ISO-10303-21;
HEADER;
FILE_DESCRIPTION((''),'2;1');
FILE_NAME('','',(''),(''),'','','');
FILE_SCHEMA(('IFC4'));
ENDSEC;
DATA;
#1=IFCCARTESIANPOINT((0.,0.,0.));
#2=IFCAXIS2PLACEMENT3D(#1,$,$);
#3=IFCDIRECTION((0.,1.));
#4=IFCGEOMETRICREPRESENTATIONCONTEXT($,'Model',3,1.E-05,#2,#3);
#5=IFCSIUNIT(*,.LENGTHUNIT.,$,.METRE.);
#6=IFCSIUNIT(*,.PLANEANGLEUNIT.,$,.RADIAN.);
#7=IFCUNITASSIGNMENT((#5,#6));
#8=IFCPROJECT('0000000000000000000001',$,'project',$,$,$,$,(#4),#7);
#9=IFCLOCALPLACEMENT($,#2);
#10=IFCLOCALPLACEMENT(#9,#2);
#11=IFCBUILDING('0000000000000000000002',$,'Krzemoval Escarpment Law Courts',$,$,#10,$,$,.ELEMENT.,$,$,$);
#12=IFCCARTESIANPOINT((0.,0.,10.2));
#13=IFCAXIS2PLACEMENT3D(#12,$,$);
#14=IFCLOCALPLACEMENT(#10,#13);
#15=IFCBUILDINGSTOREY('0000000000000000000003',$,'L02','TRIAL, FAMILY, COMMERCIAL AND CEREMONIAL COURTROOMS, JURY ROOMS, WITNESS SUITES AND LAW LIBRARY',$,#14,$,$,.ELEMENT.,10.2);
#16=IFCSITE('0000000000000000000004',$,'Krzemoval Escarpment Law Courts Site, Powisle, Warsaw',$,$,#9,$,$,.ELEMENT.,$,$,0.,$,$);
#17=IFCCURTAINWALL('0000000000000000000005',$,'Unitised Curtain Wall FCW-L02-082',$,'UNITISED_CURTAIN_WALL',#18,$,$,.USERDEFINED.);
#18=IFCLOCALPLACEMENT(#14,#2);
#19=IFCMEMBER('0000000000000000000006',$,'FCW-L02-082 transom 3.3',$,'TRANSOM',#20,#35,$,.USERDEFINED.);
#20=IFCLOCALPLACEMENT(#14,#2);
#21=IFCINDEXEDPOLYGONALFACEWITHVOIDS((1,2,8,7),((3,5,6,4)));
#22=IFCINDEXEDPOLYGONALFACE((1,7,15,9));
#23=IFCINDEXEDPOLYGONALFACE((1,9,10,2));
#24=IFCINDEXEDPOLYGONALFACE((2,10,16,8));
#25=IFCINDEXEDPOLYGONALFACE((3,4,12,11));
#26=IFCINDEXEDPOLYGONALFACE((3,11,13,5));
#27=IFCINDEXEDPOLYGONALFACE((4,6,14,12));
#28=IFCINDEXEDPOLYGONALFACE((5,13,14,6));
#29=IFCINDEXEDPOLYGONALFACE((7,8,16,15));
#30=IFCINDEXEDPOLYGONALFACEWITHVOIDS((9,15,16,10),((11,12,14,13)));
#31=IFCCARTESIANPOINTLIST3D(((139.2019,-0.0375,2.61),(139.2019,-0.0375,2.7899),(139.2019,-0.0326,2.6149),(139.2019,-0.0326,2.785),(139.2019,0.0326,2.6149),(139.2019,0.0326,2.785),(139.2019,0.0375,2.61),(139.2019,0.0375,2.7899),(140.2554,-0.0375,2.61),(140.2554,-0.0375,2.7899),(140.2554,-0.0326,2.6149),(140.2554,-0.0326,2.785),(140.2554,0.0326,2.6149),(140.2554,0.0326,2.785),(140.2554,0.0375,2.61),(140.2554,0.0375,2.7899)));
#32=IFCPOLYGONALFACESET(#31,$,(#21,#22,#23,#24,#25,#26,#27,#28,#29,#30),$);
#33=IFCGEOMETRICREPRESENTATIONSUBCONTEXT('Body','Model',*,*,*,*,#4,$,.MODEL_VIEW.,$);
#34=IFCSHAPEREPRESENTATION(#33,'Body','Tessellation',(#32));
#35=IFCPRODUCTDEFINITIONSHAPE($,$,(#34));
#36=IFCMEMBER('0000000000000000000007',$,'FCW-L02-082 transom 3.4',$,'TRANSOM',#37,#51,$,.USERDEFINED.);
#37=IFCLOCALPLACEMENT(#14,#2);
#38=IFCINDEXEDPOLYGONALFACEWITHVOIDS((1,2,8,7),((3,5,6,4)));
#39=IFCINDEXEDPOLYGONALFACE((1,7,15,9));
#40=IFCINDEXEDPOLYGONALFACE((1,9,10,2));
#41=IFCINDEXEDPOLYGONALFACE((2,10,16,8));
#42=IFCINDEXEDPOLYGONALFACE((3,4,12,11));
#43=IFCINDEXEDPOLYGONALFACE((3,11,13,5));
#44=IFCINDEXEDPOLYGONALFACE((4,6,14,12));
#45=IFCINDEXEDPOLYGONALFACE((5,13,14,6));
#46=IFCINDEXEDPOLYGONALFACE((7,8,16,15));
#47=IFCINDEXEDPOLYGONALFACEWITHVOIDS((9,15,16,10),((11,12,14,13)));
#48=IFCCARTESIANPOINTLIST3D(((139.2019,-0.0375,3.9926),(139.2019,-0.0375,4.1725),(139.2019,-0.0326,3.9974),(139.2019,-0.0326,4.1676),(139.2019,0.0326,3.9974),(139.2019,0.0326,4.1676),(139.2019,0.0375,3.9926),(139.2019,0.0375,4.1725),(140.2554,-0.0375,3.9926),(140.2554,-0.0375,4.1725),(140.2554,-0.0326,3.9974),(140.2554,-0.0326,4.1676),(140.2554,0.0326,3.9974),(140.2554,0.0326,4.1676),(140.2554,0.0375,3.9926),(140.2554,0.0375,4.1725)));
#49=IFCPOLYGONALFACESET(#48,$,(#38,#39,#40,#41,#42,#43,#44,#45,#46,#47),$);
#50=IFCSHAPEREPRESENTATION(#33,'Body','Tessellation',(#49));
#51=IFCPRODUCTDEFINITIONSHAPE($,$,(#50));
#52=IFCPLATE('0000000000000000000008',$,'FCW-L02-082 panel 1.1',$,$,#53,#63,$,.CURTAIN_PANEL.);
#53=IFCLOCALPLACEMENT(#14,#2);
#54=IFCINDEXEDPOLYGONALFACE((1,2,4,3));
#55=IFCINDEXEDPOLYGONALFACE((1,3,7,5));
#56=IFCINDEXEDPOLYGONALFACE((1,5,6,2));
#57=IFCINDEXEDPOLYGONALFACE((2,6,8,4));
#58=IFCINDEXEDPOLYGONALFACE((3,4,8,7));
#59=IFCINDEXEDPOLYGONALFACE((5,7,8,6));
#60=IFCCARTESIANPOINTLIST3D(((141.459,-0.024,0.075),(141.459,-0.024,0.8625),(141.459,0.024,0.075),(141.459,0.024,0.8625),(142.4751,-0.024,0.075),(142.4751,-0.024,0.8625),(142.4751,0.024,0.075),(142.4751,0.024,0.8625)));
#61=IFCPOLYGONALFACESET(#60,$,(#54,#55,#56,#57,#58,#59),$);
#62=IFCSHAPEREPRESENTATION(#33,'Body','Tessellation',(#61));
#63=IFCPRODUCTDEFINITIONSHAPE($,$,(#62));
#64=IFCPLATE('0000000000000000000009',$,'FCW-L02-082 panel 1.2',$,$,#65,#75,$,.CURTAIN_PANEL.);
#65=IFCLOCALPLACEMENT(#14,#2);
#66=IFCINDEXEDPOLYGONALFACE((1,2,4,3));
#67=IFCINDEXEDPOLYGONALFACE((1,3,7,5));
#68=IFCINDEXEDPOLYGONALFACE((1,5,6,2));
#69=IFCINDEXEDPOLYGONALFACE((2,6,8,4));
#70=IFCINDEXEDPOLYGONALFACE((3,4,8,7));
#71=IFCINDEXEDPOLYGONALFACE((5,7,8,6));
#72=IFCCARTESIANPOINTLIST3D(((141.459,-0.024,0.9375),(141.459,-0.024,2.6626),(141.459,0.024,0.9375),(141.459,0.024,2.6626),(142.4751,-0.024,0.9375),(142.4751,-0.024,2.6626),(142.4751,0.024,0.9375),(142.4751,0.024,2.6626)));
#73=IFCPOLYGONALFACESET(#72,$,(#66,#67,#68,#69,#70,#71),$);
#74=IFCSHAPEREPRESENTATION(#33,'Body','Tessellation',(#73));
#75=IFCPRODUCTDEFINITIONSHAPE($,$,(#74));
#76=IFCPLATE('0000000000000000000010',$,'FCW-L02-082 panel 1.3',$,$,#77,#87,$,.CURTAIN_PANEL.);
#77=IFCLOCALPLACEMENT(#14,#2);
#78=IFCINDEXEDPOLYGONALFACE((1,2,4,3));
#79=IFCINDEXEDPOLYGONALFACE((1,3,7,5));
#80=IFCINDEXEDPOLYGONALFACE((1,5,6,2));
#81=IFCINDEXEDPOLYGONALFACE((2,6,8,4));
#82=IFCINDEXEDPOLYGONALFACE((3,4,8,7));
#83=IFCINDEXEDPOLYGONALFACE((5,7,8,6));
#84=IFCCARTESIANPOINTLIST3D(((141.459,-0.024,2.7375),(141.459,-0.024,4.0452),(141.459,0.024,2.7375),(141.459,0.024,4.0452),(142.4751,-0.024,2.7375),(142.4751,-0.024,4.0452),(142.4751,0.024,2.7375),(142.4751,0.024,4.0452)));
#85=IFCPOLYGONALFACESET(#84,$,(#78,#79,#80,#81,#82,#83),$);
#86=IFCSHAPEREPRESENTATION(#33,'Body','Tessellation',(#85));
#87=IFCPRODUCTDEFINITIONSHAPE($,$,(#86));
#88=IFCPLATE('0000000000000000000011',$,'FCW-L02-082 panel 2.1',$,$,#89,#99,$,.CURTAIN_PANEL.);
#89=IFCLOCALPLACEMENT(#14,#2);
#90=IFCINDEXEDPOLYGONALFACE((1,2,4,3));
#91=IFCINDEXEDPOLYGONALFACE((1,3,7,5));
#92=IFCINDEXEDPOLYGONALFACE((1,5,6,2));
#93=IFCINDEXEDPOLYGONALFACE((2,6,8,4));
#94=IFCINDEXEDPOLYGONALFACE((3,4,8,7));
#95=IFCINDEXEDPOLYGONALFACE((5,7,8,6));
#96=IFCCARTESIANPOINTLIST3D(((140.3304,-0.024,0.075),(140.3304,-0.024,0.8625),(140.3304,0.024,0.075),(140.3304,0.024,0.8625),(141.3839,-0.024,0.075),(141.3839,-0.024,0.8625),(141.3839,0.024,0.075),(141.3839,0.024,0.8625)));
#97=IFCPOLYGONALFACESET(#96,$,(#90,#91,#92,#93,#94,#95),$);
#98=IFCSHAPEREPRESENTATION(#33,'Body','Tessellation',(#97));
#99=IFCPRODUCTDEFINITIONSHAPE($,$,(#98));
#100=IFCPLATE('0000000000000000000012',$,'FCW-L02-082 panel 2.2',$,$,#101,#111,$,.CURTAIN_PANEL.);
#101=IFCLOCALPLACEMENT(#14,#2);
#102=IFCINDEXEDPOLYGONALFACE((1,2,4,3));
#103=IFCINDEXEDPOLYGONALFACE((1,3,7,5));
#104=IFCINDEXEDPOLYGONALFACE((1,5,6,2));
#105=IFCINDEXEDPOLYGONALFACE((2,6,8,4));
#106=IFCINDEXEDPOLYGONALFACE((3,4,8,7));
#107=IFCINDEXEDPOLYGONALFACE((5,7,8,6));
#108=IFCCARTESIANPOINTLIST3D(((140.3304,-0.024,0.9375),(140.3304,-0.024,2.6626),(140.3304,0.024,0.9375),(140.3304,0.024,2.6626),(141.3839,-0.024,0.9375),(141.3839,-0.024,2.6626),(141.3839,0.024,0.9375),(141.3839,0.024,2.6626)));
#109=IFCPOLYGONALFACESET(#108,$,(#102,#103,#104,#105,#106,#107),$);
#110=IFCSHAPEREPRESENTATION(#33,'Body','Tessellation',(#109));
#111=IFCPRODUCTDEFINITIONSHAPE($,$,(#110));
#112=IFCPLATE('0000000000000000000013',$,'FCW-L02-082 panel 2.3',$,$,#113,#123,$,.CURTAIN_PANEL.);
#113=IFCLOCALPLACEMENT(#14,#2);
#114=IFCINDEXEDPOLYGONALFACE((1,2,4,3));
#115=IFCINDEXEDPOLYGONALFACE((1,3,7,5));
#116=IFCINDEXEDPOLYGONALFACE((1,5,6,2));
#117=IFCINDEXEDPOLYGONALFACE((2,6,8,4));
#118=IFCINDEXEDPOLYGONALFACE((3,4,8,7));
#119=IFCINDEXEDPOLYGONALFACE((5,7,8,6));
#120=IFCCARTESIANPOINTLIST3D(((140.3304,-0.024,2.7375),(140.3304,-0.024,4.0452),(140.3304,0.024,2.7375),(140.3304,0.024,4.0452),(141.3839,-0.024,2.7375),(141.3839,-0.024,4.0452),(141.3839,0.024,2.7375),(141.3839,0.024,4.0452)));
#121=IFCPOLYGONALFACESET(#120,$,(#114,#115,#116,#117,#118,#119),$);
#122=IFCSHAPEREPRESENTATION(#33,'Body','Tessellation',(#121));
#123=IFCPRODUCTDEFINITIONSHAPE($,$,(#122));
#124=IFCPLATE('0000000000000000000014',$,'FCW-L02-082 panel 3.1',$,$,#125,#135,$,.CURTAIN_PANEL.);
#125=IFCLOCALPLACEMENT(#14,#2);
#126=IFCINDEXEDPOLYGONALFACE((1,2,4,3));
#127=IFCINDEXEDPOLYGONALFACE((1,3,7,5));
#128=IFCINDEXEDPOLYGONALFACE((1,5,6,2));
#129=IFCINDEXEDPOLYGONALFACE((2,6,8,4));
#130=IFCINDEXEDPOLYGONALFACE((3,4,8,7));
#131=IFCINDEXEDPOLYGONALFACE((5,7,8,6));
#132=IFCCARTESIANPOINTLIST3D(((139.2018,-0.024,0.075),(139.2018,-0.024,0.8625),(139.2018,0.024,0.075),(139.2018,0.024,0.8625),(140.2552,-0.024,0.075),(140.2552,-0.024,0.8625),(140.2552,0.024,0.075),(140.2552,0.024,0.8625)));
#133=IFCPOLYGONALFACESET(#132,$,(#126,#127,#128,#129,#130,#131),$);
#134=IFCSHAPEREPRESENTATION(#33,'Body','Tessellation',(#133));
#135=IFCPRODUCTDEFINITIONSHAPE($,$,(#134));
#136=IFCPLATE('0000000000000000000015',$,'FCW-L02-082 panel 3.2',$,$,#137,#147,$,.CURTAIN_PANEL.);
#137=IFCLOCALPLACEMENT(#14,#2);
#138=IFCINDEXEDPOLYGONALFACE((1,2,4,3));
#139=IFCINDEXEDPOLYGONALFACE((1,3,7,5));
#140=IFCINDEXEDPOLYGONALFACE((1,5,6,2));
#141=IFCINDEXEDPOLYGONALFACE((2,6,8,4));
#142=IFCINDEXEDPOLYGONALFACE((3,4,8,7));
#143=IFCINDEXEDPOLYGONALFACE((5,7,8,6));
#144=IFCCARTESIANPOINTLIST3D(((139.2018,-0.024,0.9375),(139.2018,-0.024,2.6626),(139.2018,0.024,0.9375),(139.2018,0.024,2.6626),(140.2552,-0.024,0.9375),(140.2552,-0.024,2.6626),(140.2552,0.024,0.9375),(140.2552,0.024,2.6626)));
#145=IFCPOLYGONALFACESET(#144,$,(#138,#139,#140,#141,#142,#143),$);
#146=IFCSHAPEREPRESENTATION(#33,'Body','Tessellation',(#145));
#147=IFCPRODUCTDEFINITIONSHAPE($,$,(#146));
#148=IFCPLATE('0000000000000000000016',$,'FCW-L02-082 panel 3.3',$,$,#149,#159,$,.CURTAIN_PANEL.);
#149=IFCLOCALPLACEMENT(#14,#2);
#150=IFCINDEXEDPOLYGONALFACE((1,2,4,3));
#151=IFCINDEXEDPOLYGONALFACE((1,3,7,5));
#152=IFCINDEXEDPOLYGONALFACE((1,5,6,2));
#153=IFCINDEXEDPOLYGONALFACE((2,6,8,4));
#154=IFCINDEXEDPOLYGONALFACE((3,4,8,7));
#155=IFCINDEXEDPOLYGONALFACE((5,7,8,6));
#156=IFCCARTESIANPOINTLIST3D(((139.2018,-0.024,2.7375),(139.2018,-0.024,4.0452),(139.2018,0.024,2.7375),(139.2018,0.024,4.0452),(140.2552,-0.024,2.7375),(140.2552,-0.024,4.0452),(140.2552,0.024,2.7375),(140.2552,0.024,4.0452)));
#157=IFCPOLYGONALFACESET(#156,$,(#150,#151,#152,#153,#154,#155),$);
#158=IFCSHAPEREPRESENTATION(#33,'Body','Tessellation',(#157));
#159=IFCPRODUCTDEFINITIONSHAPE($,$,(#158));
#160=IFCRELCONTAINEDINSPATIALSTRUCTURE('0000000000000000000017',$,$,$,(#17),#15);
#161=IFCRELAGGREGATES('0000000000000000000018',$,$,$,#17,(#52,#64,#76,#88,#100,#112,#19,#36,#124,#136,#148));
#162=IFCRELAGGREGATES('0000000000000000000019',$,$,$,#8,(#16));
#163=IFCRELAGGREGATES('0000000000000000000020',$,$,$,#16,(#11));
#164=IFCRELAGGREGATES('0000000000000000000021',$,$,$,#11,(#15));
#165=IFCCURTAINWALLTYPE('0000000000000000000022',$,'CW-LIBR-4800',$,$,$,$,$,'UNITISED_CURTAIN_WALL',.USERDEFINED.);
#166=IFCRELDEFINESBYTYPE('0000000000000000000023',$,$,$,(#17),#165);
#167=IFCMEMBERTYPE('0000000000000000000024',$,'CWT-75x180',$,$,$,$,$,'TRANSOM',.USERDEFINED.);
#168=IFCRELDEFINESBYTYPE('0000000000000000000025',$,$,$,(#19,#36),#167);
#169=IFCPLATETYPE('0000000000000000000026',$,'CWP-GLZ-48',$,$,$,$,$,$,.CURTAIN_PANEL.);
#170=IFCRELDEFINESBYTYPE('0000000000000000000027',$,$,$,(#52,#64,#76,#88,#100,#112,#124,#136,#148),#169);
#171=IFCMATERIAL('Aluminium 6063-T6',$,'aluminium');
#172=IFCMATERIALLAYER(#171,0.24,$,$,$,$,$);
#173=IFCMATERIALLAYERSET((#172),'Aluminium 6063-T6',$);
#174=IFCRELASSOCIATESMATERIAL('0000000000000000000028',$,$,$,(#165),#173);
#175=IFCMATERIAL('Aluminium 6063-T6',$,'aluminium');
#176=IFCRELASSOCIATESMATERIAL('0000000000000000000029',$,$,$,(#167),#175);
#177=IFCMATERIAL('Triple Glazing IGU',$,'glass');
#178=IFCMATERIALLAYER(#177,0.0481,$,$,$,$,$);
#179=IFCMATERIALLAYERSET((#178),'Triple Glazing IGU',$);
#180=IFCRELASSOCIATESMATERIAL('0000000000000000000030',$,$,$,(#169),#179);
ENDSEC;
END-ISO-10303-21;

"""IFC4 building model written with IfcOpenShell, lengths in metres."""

from ifc_helpers import new_model, si_unit, direction, frame, origin, origin_2d, place, context, subcontext, project, spatial, rectangle, hollow_rectangle, extrude, material, layer, layer_set, material_profile, profile_set, type_object, element, aggregate, save


model = new_model("IFC4")

# Units and contexts
model_context = context("Model", 3, precision=1e-05, world=origin(), true_north=direction((0.0, 1.0)))
body_context = subcontext(model_context, "Body", "Model", "MODEL_VIEW")
ifc_project = project(units=[si_unit("LENGTHUNIT", "METRE"), si_unit("PLANEANGLEUNIT", "RADIAN")], contexts=[model_context])

# Site, building, storey
site_placement = place(None, origin())
site = spatial("IfcSite", under=ifc_project, at=site_placement, Name="Krzemoval Escarpment Law Courts Site, Powisle, Warsaw", CompositionType="ELEMENT", RefElevation=0.0)
building_placement = place(site_placement, origin())
building = spatial("IfcBuilding", under=site, at=building_placement, Name="Krzemoval Escarpment Law Courts", CompositionType="ELEMENT")
storey_placement = place(building_placement, frame((0.0, 0.0, 10.2)))
storey = spatial("IfcBuildingStorey", under=building, at=storey_placement, Name="L02", Description="TRIAL, FAMILY, COMMERCIAL AND CEREMONIAL COURTROOMS, JURY ROOMS, WITNESS SUITES AND LAW LIBRARY", CompositionType="ELEMENT", Elevation=10.2)

# Curtain wall, members, plates
ifc_material_1 = material(Name="Aluminium 6063-T6", Category="aluminium")
ifc_layer_1 = layer(ifc_material_1, 0.24)
ifc_layer_set_1 = layer_set([ifc_layer_1], Name="Aluminium 6063-T6")
curtain_wall_type = type_object("IfcCurtainWallType", Name="CW-LIBR-4800", ElementType="UNITISED_CURTAIN_WALL", PredefinedType="USERDEFINED", material=ifc_layer_set_1)
curtain_wall_placement = place(storey_placement, origin())
curtain_wall = element("IfcCurtainWall", 1, at=curtain_wall_placement, inside=storey, type_object=curtain_wall_type, Name="Unitised Curtain Wall FCW-L02-082", ObjectType="UNITISED_CURTAIN_WALL", PredefinedType="USERDEFINED")
ifc_material_2 = material(Name="Aluminium 6063-T6", Category="aluminium")
ifc_material_profile_1 = material_profile(ifc_material_2, hollow_rectangle(XDim=0.075, YDim=0.1799, WallThickness=0.0049, at=origin_2d()), Name="ALU T75x180")
ifc_profile_set_1 = profile_set([ifc_material_profile_1], Name="Aluminium 6063-T6")
member_type_1 = type_object("IfcMemberType", Name="CWT-75x180", ElementType="TRANSOM", PredefinedType="USERDEFINED", material=ifc_profile_set_1)
member_1_placement = place(storey_placement, frame((140.2554, 0.0, 2.7), z_axis=(-1.0, 0.0, 0.0), x_axis=(0.0, -1.0, 0.0)))
member_1 = element("IfcMember", 2, at=member_1_placement, type_object=member_type_1, Name="FCW-L02-082 transom 3.3", ObjectType="TRANSOM", PredefinedType="USERDEFINED", context=body_context, shape_type="SweptSolid", body=[
    extrude(hollow_rectangle(XDim=0.075, YDim=0.1799, WallThickness=0.0049, at=origin_2d()), origin(), (0.0, 0.0, 1.0), 1.0535),
])
member_2_placement = place(storey_placement, frame((140.2554, 0.0, 4.0825), z_axis=(-1.0, 0.0, 0.0), x_axis=(0.0, -1.0, 0.0)))
member_2 = element("IfcMember", 3, at=member_2_placement, type_object=member_type_1, Name="FCW-L02-082 transom 3.4", ObjectType="TRANSOM", PredefinedType="USERDEFINED", context=body_context, shape_type="SweptSolid", body=[
    extrude(hollow_rectangle(XDim=0.075, YDim=0.1799, WallThickness=0.0049, at=origin_2d()), origin(), (0.0, 0.0, 1.0), 1.0535),
])
ifc_material_3 = material(Name="Triple Glazing IGU", Category="glass")
ifc_layer_2 = layer(ifc_material_3, 0.0481)
ifc_layer_set_2 = layer_set([ifc_layer_2], Name="Triple Glazing IGU")
plate_type = type_object("IfcPlateType", Name="CWP-GLZ-48", PredefinedType="CURTAIN_PANEL", material=ifc_layer_set_2)
plate_1_placement = place(storey_placement, frame((141.967, 0.0, 0.075), z_axis=(0.0, 0.0, 1.0), x_axis=(-1.0, 0.0, 0.0)))
plate_1 = element("IfcPlate", 4, at=plate_1_placement, type_object=plate_type, Name="FCW-L02-082 panel 1.1", PredefinedType="CURTAIN_PANEL", context=body_context, shape_type="SweptSolid", body=[
    extrude(rectangle(XDim=1.0161, YDim=0.0481, at=origin_2d()), origin(), (0.0, 0.0, 1.0), 0.7876),
])
plate_2_placement = place(storey_placement, frame((141.967, 0.0, 0.9375), z_axis=(0.0, 0.0, 1.0), x_axis=(-1.0, 0.0, 0.0)))
plate_2 = element("IfcPlate", 5, at=plate_2_placement, type_object=plate_type, Name="FCW-L02-082 panel 1.2", PredefinedType="CURTAIN_PANEL", context=body_context, shape_type="SweptSolid", body=[
    extrude(rectangle(XDim=1.0161, YDim=0.0481, at=origin_2d()), origin(), (0.0, 0.0, 1.0), 1.7251),
])
plate_3_placement = place(storey_placement, frame((141.967, 0.0, 2.7375), z_axis=(0.0, 0.0, 1.0), x_axis=(-1.0, 0.0, 0.0)))
plate_3 = element("IfcPlate", 6, at=plate_3_placement, type_object=plate_type, Name="FCW-L02-082 panel 1.3", PredefinedType="CURTAIN_PANEL", context=body_context, shape_type="SweptSolid", body=[
    extrude(rectangle(XDim=1.0161, YDim=0.0481, at=origin_2d()), origin(), (0.0, 0.0, 1.0), 1.3076),
])
plate_4_placement = place(storey_placement, frame((140.8572, 0.0, 0.075), z_axis=(0.0, 0.0, 1.0), x_axis=(-1.0, 0.0, 0.0)))
plate_4 = element("IfcPlate", 7, at=plate_4_placement, type_object=plate_type, Name="FCW-L02-082 panel 2.1", PredefinedType="CURTAIN_PANEL", context=body_context, shape_type="SweptSolid", body=[
    extrude(rectangle(XDim=1.0535, YDim=0.0481, at=origin_2d()), origin(), (0.0, 0.0, 1.0), 0.7876),
])
plate_5_placement = place(storey_placement, frame((140.8572, 0.0, 0.9375), z_axis=(0.0, 0.0, 1.0), x_axis=(-1.0, 0.0, 0.0)))
plate_5 = element("IfcPlate", 8, at=plate_5_placement, type_object=plate_type, Name="FCW-L02-082 panel 2.2", PredefinedType="CURTAIN_PANEL", context=body_context, shape_type="SweptSolid", body=[
    extrude(rectangle(XDim=1.0535, YDim=0.0481, at=origin_2d()), origin(), (0.0, 0.0, 1.0), 1.7251),
])
plate_6_placement = place(storey_placement, frame((140.8572, 0.0, 2.7375), z_axis=(0.0, 0.0, 1.0), x_axis=(-1.0, 0.0, 0.0)))
plate_6 = element("IfcPlate", 9, at=plate_6_placement, type_object=plate_type, Name="FCW-L02-082 panel 2.3", PredefinedType="CURTAIN_PANEL", context=body_context, shape_type="SweptSolid", body=[
    extrude(rectangle(XDim=1.0535, YDim=0.0481, at=origin_2d()), origin(), (0.0, 0.0, 1.0), 1.3076),
])
plate_7_placement = place(storey_placement, frame((139.7285, 0.0, 0.075), z_axis=(0.0, 0.0, 1.0), x_axis=(-1.0, 0.0, 0.0)))
plate_7 = element("IfcPlate", 10, at=plate_7_placement, type_object=plate_type, Name="FCW-L02-082 panel 3.1", PredefinedType="CURTAIN_PANEL", context=body_context, shape_type="SweptSolid", body=[
    extrude(rectangle(XDim=1.0535, YDim=0.0481, at=origin_2d()), origin(), (0.0, 0.0, 1.0), 0.7876),
])
plate_8_placement = place(storey_placement, frame((139.7285, 0.0, 0.9375), z_axis=(0.0, 0.0, 1.0), x_axis=(-1.0, 0.0, 0.0)))
plate_8 = element("IfcPlate", 11, at=plate_8_placement, type_object=plate_type, Name="FCW-L02-082 panel 3.2", PredefinedType="CURTAIN_PANEL", context=body_context, shape_type="SweptSolid", body=[
    extrude(rectangle(XDim=1.0535, YDim=0.0481, at=origin_2d()), origin(), (0.0, 0.0, 1.0), 1.7251),
])
plate_9_placement = place(storey_placement, frame((139.7285, 0.0, 2.7375), z_axis=(0.0, 0.0, 1.0), x_axis=(-1.0, 0.0, 0.0)))
plate_9 = element("IfcPlate", 12, at=plate_9_placement, type_object=plate_type, Name="FCW-L02-082 panel 3.3", PredefinedType="CURTAIN_PANEL", context=body_context, shape_type="SweptSolid", body=[
    extrude(rectangle(XDim=1.0535, YDim=0.0481, at=origin_2d()), origin(), (0.0, 0.0, 1.0), 1.3076),
])
aggregate(curtain_wall, [plate_1, plate_2, plate_3, plate_4, plate_5, plate_6, member_1, member_2, plate_7, plate_8, plate_9])

save(model, "model.ifc")
